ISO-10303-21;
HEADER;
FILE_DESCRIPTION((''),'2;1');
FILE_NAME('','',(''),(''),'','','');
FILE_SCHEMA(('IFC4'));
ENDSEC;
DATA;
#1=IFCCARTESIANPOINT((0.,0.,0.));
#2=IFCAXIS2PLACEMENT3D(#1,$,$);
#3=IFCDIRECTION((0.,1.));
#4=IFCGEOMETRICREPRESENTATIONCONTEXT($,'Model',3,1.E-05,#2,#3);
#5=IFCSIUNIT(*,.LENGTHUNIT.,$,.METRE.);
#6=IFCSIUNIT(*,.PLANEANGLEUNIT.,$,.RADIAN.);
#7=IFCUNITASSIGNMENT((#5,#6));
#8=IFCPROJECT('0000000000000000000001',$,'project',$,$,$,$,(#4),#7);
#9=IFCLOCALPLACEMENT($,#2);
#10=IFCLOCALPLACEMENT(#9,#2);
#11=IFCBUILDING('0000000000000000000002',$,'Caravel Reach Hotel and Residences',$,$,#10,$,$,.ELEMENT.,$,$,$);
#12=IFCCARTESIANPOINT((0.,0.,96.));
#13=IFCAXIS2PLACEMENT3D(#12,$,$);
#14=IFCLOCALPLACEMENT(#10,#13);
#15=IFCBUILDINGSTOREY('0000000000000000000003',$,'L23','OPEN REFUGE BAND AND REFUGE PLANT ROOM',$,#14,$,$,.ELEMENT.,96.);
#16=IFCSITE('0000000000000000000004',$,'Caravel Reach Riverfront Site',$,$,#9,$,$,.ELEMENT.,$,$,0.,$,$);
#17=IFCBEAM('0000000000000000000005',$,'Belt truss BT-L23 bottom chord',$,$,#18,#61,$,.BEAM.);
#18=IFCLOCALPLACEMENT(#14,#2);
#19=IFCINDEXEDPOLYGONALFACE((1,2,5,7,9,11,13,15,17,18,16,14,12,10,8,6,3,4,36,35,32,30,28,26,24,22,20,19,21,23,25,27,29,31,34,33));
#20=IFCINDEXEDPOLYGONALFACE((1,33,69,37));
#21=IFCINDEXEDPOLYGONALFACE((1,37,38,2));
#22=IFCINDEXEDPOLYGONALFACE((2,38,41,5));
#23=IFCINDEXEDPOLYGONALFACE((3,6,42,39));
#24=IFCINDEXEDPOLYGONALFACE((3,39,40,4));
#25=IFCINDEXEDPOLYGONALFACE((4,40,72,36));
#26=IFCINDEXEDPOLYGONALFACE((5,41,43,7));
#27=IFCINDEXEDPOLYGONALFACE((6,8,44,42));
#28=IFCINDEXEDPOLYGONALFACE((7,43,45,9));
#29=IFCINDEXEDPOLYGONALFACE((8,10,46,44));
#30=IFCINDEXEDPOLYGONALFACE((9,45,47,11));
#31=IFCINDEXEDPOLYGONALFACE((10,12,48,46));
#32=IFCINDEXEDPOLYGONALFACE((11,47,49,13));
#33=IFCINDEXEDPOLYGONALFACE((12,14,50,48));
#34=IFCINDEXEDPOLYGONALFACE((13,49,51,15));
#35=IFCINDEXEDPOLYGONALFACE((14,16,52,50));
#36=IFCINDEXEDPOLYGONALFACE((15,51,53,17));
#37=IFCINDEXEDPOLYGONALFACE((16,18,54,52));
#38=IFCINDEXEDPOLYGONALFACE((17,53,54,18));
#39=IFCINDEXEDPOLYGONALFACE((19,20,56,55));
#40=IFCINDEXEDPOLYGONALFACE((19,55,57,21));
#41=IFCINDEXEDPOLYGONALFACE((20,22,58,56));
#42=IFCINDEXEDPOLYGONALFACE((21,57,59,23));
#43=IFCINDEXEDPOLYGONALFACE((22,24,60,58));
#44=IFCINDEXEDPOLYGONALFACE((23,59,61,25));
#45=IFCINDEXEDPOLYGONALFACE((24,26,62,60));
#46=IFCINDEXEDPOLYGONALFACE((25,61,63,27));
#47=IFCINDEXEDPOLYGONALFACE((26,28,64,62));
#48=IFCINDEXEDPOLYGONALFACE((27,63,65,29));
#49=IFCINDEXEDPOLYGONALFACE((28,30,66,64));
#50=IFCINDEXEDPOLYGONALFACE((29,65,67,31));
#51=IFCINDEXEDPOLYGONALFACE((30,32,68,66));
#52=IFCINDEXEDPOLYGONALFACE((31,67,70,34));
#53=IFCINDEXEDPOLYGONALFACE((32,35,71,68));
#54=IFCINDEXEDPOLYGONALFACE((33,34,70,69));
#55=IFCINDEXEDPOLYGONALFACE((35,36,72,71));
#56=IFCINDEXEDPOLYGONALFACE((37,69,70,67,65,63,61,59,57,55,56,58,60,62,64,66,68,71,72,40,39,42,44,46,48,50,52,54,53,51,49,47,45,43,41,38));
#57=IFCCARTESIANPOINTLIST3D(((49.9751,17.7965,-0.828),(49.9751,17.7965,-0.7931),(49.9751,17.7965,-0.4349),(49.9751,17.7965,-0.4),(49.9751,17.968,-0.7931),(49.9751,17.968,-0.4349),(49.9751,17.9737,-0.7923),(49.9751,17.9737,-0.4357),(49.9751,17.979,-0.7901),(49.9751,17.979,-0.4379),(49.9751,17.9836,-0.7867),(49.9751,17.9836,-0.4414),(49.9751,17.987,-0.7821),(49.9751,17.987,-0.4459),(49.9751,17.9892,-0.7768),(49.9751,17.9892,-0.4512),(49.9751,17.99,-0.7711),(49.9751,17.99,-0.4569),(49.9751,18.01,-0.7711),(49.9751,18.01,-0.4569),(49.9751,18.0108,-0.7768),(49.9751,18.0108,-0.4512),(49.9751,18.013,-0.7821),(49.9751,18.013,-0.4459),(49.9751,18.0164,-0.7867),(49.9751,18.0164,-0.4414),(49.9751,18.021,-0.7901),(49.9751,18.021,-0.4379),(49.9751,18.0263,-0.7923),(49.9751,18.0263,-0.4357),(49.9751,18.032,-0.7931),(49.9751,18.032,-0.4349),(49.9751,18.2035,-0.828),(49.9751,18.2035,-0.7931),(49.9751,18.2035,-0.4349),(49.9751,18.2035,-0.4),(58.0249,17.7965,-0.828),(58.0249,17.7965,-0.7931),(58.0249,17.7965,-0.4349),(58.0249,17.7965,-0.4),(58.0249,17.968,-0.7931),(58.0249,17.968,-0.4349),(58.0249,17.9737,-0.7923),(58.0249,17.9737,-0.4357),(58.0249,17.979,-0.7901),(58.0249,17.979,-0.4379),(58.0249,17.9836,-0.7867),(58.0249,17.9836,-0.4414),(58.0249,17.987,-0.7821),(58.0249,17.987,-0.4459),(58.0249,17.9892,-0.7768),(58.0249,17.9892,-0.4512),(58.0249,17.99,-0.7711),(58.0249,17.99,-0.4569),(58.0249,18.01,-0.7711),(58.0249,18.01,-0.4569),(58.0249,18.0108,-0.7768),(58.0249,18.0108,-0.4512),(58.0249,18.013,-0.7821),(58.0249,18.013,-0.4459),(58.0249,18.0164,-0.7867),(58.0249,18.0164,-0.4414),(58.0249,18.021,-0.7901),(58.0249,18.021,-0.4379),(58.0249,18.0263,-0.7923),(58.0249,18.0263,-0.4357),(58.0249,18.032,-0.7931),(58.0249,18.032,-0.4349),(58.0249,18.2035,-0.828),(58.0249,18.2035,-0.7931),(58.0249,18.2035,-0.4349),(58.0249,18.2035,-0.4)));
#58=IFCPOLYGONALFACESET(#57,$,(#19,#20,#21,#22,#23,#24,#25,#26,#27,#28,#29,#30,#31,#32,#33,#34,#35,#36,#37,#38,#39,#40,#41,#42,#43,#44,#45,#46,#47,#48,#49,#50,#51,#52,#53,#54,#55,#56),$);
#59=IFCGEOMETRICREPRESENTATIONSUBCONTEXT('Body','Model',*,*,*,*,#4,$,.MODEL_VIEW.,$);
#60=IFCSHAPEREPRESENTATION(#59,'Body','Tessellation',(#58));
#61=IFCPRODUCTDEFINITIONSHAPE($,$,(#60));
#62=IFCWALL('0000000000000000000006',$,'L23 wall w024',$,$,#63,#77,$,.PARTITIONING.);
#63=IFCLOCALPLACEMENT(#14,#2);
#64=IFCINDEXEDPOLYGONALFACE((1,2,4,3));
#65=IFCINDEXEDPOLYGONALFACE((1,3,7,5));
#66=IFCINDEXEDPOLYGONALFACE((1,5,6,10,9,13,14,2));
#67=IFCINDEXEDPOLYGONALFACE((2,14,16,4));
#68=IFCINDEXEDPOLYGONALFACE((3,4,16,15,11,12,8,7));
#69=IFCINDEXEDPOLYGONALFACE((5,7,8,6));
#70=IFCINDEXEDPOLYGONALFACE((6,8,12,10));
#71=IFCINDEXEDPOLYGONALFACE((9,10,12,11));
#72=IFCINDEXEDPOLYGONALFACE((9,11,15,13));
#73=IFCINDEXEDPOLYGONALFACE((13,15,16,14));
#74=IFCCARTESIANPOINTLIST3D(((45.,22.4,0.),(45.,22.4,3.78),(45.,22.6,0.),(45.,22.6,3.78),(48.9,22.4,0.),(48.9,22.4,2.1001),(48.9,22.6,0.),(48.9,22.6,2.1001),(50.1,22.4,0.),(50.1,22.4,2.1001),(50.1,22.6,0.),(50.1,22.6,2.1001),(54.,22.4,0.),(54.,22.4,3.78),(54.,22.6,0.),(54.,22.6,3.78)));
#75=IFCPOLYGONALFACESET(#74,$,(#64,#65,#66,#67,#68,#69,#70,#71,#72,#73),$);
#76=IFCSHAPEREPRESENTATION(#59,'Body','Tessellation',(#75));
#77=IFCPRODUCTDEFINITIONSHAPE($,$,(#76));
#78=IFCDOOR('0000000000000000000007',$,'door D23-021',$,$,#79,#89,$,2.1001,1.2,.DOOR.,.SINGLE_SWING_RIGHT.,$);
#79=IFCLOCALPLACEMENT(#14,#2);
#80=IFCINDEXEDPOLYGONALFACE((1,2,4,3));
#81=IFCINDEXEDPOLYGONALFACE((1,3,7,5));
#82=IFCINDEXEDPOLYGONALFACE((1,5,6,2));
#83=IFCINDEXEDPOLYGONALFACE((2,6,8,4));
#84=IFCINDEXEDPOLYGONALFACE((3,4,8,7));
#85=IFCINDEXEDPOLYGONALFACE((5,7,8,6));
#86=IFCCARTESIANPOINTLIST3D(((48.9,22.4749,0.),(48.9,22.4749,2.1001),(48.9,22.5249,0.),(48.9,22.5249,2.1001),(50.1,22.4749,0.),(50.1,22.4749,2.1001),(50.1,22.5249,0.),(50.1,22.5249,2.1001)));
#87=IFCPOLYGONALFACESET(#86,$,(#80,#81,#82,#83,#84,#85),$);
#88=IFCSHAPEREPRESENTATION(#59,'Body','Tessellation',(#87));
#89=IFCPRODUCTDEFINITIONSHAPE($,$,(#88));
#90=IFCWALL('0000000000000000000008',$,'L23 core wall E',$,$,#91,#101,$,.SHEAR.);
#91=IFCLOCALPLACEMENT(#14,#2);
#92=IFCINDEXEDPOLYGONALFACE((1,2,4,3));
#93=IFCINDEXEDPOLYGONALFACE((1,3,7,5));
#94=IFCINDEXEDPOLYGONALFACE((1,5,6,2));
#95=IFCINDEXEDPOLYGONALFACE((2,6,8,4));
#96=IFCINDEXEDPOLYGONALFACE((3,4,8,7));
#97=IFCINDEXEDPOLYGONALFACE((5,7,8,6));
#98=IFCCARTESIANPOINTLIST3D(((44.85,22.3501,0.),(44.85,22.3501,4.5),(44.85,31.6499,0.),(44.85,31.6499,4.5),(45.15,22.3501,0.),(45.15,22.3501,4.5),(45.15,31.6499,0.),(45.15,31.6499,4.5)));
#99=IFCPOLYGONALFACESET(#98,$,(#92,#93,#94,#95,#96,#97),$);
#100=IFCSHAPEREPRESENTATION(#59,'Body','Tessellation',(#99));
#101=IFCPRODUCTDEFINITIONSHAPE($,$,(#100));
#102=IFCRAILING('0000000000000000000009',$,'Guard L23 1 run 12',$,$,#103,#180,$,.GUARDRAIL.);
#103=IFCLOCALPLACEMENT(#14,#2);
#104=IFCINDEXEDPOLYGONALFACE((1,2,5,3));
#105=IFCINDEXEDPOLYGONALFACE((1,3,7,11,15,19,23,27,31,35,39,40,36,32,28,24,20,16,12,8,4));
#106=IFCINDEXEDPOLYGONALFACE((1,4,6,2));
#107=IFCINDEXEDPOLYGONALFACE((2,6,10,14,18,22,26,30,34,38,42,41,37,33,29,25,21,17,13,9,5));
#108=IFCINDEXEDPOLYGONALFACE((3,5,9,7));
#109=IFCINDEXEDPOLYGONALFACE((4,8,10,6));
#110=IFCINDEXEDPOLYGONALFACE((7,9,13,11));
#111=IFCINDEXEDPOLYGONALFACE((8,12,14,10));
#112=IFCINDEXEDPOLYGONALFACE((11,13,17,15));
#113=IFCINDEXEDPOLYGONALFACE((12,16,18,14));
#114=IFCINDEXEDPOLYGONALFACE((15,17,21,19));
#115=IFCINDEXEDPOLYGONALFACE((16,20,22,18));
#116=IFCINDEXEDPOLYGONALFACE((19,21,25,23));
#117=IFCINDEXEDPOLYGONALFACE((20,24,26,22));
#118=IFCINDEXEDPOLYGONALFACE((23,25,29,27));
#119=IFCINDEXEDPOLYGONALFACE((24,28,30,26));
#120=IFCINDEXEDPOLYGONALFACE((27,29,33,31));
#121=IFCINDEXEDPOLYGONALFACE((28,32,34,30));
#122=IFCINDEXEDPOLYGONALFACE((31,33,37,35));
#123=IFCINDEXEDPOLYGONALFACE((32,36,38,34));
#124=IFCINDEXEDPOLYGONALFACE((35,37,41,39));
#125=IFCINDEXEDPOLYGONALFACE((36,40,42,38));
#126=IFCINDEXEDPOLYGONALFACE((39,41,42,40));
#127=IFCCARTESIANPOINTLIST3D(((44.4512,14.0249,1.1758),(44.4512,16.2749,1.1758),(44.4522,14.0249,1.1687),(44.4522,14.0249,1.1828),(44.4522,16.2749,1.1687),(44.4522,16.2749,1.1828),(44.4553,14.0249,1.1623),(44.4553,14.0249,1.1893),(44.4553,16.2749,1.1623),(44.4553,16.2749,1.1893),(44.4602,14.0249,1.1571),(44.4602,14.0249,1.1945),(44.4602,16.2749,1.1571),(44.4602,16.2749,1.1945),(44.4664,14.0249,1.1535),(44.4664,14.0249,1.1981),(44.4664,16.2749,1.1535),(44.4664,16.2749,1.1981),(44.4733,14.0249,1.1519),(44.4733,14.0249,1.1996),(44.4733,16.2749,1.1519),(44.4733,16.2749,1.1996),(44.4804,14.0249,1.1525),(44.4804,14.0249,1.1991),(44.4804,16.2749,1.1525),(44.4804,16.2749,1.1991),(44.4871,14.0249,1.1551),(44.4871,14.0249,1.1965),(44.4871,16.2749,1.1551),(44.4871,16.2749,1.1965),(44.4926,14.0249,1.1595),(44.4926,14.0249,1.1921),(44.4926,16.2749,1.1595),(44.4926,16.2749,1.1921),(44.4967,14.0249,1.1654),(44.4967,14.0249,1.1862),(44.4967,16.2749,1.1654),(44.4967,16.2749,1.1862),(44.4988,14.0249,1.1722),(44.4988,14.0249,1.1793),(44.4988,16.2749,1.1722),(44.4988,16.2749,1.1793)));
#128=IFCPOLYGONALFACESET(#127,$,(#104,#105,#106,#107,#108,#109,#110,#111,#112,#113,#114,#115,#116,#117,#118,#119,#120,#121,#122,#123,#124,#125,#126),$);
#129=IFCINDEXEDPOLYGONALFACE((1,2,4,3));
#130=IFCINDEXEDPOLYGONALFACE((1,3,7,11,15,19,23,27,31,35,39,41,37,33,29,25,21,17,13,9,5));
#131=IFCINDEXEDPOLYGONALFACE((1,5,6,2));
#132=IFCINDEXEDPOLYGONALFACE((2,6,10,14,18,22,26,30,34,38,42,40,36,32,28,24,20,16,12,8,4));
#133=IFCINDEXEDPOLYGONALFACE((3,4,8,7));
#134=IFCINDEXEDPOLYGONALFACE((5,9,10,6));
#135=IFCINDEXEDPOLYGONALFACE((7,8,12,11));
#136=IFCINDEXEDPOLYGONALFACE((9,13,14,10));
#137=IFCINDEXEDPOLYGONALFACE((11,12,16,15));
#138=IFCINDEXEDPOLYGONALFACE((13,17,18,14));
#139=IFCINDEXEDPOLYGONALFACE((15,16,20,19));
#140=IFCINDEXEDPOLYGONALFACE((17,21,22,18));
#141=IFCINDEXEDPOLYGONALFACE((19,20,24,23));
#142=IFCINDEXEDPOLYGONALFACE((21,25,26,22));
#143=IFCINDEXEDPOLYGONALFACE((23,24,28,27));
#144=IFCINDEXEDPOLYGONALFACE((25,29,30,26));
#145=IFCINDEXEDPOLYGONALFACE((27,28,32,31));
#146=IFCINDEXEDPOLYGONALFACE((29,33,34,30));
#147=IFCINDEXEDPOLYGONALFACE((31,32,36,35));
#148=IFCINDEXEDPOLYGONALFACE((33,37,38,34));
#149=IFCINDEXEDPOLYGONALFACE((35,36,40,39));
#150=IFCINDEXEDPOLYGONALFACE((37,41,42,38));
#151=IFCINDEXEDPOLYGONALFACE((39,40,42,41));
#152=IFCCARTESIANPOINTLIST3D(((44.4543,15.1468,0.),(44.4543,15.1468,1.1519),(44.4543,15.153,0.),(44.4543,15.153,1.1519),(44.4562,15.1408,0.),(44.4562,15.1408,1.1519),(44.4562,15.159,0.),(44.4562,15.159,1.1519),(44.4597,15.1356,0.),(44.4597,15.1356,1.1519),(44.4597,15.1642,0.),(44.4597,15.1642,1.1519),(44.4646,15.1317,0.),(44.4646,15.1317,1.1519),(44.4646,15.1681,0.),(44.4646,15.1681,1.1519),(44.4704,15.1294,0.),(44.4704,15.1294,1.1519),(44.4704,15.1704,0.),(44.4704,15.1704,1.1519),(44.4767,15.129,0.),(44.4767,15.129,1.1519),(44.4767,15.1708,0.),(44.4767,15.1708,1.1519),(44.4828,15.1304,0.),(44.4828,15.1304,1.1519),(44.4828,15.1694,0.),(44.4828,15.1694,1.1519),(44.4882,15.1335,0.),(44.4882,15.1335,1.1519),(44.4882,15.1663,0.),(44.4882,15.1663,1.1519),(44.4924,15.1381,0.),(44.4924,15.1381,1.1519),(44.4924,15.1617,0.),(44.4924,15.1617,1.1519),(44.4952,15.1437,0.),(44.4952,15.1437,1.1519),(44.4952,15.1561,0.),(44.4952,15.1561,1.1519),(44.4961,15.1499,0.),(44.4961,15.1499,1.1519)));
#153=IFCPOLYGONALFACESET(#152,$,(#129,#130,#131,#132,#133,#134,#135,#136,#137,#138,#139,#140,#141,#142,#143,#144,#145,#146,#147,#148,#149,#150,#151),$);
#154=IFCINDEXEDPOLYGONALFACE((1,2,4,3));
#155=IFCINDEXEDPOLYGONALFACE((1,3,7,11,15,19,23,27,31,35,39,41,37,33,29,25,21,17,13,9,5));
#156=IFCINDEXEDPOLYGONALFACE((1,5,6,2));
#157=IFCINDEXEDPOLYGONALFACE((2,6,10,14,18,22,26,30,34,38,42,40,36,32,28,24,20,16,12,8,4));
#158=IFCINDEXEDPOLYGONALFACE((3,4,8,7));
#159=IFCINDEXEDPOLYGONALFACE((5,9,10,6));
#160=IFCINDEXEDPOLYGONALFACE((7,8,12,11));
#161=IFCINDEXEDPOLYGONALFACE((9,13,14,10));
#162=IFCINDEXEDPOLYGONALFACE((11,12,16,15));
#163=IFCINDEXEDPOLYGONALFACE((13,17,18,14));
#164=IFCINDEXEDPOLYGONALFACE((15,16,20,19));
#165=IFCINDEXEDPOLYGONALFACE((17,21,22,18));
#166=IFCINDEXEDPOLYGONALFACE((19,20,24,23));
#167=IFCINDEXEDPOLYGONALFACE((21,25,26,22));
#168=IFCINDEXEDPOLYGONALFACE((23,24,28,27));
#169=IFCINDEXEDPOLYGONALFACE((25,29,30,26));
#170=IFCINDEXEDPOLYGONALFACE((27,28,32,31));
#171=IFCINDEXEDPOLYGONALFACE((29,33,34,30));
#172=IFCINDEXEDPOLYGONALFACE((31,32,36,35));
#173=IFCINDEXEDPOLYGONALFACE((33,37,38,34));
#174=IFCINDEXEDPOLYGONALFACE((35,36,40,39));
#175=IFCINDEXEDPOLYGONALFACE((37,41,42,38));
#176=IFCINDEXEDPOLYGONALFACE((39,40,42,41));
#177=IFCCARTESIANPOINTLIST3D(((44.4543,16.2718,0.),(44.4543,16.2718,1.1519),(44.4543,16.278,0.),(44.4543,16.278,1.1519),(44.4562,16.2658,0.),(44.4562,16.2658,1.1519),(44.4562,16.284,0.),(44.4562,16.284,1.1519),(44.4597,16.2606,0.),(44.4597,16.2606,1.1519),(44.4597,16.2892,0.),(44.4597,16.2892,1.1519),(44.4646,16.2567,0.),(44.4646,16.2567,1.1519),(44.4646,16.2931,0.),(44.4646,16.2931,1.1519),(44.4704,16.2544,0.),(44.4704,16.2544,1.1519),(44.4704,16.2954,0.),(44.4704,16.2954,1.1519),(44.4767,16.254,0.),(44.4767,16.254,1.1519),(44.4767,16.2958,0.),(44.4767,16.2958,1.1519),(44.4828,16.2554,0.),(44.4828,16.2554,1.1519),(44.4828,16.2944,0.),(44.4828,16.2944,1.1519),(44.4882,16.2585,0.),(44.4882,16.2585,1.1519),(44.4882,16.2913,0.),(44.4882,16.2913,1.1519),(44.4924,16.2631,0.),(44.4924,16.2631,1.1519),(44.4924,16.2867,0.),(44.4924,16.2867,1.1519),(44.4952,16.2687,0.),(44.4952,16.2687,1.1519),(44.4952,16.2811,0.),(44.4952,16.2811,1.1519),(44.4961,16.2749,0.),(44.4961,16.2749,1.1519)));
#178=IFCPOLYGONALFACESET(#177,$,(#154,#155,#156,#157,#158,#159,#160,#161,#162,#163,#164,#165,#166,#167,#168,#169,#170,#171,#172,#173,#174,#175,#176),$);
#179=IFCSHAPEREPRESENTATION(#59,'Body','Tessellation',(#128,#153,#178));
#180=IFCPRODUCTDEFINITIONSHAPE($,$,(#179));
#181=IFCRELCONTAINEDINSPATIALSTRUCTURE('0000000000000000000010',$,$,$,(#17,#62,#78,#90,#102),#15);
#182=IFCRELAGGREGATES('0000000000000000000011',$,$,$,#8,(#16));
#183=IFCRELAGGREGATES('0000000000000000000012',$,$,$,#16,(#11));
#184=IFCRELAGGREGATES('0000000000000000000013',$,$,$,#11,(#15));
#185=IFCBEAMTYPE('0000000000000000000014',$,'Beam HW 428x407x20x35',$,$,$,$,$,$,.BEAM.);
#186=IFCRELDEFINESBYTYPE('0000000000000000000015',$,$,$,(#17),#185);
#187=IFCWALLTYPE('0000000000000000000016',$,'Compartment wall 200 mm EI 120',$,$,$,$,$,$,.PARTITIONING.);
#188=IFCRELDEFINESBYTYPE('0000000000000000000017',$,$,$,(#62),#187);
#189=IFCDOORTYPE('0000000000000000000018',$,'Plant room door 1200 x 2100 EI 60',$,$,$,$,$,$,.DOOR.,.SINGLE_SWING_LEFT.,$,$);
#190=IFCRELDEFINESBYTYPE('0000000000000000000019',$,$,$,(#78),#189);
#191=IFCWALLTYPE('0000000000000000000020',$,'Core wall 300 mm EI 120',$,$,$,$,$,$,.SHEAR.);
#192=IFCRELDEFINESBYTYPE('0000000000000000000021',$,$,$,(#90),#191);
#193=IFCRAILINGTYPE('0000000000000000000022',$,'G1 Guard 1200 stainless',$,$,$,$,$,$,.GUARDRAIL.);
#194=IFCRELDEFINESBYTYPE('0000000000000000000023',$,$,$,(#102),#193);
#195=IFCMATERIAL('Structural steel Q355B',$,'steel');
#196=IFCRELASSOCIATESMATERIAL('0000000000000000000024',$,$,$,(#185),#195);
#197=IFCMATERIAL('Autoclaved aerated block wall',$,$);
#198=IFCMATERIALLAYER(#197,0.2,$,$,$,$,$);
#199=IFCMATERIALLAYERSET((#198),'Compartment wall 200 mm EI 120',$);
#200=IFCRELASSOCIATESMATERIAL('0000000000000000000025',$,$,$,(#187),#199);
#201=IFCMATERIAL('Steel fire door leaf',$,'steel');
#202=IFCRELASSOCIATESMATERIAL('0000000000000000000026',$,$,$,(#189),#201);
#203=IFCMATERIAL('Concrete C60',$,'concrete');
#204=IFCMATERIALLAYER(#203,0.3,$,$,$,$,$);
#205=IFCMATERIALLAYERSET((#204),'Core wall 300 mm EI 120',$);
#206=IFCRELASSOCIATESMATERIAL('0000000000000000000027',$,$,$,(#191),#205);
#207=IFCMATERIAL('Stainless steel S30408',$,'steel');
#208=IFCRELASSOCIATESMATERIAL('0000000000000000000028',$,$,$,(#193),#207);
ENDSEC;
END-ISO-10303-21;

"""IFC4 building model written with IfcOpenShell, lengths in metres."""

from ifc_helpers import new_model, si_unit, direction, frame, frame_2d, origin, origin_2d, place, context, subcontext, project, spatial, rectangle, circle, i_section, extrude, material, layer, layer_set, material_profile, profile_set, type_object, element, fill, save


model = new_model("IFC4")

# Units and contexts
model_context = context("Model", 3, precision=1e-05, world=origin(), true_north=direction((0.0, 1.0)))
body_context = subcontext(model_context, "Body", "Model", "MODEL_VIEW")
ifc_project = project(units=[si_unit("LENGTHUNIT", "METRE"), si_unit("PLANEANGLEUNIT", "RADIAN")], contexts=[model_context])

# Site, building, storey
site_placement = place(None, origin())
site = spatial("IfcSite", under=ifc_project, at=site_placement, Name="Caravel Reach Riverfront Site", CompositionType="ELEMENT", RefElevation=0.0)
building_placement = place(site_placement, origin())
building = spatial("IfcBuilding", under=site, at=building_placement, Name="Caravel Reach Hotel and Residences", CompositionType="ELEMENT")
storey_placement = place(building_placement, frame((0.0, 0.0, 96.0)))
storey = spatial("IfcBuildingStorey", under=building, at=storey_placement, Name="L23", Description="OPEN REFUGE BAND AND REFUGE PLANT ROOM", CompositionType="ELEMENT", Elevation=96.0)

# Beam
ifc_material_1 = material(Name="Structural steel Q355B", Category="steel")
ifc_material_profile_1 = material_profile(ifc_material_1, i_section(OverallWidth=0.407, OverallDepth=0.428, WebThickness=0.02, FlangeThickness=0.0349, FilletRadius=0.022, at=origin_2d()), Name="HW 428x407x20x35")
ifc_profile_set_1 = profile_set([ifc_material_profile_1], Name="Structural steel Q355B")
beam_type_1 = type_object("IfcBeamType", Name="Beam HW 428x407x20x35", PredefinedType="BEAM", material=ifc_profile_set_1)
beam_1_placement = place(storey_placement, frame((49.9751, 18.0, -0.614), z_axis=(1.0, 0.0, 0.0), x_axis=(0.0, 1.0, 0.0)))
element("IfcBeam", 1, at=beam_1_placement, inside=storey, type_object=beam_type_1, Name="Belt truss BT-L23 bottom chord", PredefinedType="BEAM", context=body_context, shape_type="SweptSolid", body=[
    extrude(i_section(OverallWidth=0.407, OverallDepth=0.428, WebThickness=0.02, FlangeThickness=0.0349, FilletRadius=0.022, at=origin_2d()), origin(), (0.0, 0.0, 1.0), 8.0498),
])

# Wall, opening, door
ifc_material_2 = material(Name="Autoclaved aerated block wall")
ifc_layer_1 = layer(ifc_material_2, 0.2)
ifc_layer_set_1 = layer_set([ifc_layer_1], Name="Compartment wall 200 mm EI 120")
wall_type_1 = type_object("IfcWallType", Name="Compartment wall 200 mm EI 120", PredefinedType="PARTITIONING", material=ifc_layer_set_1)
wall_1_placement = place(storey_placement, frame((45.0, 22.5, 0.0), z_axis=(0.0, 0.0, 1.0), x_axis=(1.0, 0.0, 0.0)))
wall_1 = element("IfcWall", 2, at=wall_1_placement, inside=storey, type_object=wall_type_1, Name="L23 wall w024", PredefinedType="PARTITIONING", context=body_context, shape_type="SweptSolid", body=[
    extrude(rectangle(XDim=9.0, YDim=0.2, at=frame_2d((4.5, 0.0))), origin(), (0.0, 0.0, 1.0), 3.78),
])
opening_placement = place(wall_1_placement, frame((3.8999, 0.0, 0.0)))
opening = element("IfcOpeningElement", 3, at=opening_placement, cuts=wall_1, PredefinedType="OPENING", context=body_context, shape_type="SweptSolid", body=[
    extrude(rectangle(XDim=1.2, YDim=2.1001, at=frame_2d((0.6001, 1.05))), frame((0.0, 0.1099, 0.0), z_axis=(0.0, -1.0, 0.0), x_axis=(1.0, 0.0, 0.0)), (0.0, 0.0, 1.0), 0.22),
])
ifc_material_3 = material(Name="Steel fire door leaf", Category="steel")
door_type = type_object("IfcDoorType", Name="Plant room door 1200 x 2100 EI 60", OperationType="SINGLE_SWING_LEFT", PredefinedType="DOOR", material=ifc_material_3)
door_placement = place(opening_placement, origin())
door = element("IfcDoor", 4, at=door_placement, inside=storey, type_object=door_type, Name="door D23-021", OperationType="SINGLE_SWING_RIGHT", OverallHeight=2.1001, OverallWidth=1.2, PredefinedType="DOOR", context=body_context, shape_type="SweptSolid", body=[
    extrude(rectangle(XDim=1.2, YDim=2.1001, at=frame_2d((0.6001, 1.05))), frame((0.0, 0.0249, 0.0), z_axis=(0.0, -1.0, 0.0), x_axis=(1.0, 0.0, 0.0)), (0.0, 0.0, 1.0), 0.05),
])
fill(opening, door)

# Wall
ifc_material_4 = material(Name="Concrete C60", Category="concrete")
ifc_layer_2 = layer(ifc_material_4, 0.3)
ifc_layer_set_2 = layer_set([ifc_layer_2], Name="Core wall 300 mm EI 120")
wall_type_2 = type_object("IfcWallType", Name="Core wall 300 mm EI 120", PredefinedType="SHEAR", material=ifc_layer_set_2)
wall_2_placement = place(storey_placement, frame((45.0, 22.3501, 0.0), z_axis=(0.0, 0.0, 1.0), x_axis=(0.0, 1.0, 0.0)))
element("IfcWall", 5, at=wall_2_placement, inside=storey, type_object=wall_type_2, Name="L23 core wall E", PredefinedType="SHEAR", context=body_context, shape_type="SweptSolid", body=[
    extrude(rectangle(XDim=9.2998, YDim=0.3, at=frame_2d((4.6499, 0.0))), origin(), (0.0, 0.0, 1.0), 4.5),
])

# Railing
ifc_material_5 = material(Name="Stainless steel S30408", Category="steel")
railing_type_1 = type_object("IfcRailingType", Name="G1 Guard 1200 stainless", PredefinedType="GUARDRAIL", material=ifc_material_5)
railing_1_placement = place(storey_placement, frame((44.4751, 14.0249, 0.0)))
element("IfcRailing", 6, at=railing_1_placement, inside=storey, type_object=railing_type_1, Name="Guard L23 1 run 12", PredefinedType="GUARDRAIL", context=body_context, shape_type="SweptSolid", body=[
    extrude(circle(Radius=0.0239, at=origin_2d()), frame((0.0, 0.0, 1.1758), z_axis=(0.0, 1.0, 0.0), x_axis=(-1.0, 0.0, 0.0)), (0.0, 0.0, 1.0), 2.25),
    extrude(circle(Radius=0.021, at=origin_2d()), frame((0.0, 1.125, 0.0)), (0.0, 0.0, 1.0), 1.1519),
    extrude(circle(Radius=0.021, at=origin_2d()), frame((0.0, 2.25, 0.0)), (0.0, 0.0, 1.0), 1.1519),
])

save(model, "model.ifc")
